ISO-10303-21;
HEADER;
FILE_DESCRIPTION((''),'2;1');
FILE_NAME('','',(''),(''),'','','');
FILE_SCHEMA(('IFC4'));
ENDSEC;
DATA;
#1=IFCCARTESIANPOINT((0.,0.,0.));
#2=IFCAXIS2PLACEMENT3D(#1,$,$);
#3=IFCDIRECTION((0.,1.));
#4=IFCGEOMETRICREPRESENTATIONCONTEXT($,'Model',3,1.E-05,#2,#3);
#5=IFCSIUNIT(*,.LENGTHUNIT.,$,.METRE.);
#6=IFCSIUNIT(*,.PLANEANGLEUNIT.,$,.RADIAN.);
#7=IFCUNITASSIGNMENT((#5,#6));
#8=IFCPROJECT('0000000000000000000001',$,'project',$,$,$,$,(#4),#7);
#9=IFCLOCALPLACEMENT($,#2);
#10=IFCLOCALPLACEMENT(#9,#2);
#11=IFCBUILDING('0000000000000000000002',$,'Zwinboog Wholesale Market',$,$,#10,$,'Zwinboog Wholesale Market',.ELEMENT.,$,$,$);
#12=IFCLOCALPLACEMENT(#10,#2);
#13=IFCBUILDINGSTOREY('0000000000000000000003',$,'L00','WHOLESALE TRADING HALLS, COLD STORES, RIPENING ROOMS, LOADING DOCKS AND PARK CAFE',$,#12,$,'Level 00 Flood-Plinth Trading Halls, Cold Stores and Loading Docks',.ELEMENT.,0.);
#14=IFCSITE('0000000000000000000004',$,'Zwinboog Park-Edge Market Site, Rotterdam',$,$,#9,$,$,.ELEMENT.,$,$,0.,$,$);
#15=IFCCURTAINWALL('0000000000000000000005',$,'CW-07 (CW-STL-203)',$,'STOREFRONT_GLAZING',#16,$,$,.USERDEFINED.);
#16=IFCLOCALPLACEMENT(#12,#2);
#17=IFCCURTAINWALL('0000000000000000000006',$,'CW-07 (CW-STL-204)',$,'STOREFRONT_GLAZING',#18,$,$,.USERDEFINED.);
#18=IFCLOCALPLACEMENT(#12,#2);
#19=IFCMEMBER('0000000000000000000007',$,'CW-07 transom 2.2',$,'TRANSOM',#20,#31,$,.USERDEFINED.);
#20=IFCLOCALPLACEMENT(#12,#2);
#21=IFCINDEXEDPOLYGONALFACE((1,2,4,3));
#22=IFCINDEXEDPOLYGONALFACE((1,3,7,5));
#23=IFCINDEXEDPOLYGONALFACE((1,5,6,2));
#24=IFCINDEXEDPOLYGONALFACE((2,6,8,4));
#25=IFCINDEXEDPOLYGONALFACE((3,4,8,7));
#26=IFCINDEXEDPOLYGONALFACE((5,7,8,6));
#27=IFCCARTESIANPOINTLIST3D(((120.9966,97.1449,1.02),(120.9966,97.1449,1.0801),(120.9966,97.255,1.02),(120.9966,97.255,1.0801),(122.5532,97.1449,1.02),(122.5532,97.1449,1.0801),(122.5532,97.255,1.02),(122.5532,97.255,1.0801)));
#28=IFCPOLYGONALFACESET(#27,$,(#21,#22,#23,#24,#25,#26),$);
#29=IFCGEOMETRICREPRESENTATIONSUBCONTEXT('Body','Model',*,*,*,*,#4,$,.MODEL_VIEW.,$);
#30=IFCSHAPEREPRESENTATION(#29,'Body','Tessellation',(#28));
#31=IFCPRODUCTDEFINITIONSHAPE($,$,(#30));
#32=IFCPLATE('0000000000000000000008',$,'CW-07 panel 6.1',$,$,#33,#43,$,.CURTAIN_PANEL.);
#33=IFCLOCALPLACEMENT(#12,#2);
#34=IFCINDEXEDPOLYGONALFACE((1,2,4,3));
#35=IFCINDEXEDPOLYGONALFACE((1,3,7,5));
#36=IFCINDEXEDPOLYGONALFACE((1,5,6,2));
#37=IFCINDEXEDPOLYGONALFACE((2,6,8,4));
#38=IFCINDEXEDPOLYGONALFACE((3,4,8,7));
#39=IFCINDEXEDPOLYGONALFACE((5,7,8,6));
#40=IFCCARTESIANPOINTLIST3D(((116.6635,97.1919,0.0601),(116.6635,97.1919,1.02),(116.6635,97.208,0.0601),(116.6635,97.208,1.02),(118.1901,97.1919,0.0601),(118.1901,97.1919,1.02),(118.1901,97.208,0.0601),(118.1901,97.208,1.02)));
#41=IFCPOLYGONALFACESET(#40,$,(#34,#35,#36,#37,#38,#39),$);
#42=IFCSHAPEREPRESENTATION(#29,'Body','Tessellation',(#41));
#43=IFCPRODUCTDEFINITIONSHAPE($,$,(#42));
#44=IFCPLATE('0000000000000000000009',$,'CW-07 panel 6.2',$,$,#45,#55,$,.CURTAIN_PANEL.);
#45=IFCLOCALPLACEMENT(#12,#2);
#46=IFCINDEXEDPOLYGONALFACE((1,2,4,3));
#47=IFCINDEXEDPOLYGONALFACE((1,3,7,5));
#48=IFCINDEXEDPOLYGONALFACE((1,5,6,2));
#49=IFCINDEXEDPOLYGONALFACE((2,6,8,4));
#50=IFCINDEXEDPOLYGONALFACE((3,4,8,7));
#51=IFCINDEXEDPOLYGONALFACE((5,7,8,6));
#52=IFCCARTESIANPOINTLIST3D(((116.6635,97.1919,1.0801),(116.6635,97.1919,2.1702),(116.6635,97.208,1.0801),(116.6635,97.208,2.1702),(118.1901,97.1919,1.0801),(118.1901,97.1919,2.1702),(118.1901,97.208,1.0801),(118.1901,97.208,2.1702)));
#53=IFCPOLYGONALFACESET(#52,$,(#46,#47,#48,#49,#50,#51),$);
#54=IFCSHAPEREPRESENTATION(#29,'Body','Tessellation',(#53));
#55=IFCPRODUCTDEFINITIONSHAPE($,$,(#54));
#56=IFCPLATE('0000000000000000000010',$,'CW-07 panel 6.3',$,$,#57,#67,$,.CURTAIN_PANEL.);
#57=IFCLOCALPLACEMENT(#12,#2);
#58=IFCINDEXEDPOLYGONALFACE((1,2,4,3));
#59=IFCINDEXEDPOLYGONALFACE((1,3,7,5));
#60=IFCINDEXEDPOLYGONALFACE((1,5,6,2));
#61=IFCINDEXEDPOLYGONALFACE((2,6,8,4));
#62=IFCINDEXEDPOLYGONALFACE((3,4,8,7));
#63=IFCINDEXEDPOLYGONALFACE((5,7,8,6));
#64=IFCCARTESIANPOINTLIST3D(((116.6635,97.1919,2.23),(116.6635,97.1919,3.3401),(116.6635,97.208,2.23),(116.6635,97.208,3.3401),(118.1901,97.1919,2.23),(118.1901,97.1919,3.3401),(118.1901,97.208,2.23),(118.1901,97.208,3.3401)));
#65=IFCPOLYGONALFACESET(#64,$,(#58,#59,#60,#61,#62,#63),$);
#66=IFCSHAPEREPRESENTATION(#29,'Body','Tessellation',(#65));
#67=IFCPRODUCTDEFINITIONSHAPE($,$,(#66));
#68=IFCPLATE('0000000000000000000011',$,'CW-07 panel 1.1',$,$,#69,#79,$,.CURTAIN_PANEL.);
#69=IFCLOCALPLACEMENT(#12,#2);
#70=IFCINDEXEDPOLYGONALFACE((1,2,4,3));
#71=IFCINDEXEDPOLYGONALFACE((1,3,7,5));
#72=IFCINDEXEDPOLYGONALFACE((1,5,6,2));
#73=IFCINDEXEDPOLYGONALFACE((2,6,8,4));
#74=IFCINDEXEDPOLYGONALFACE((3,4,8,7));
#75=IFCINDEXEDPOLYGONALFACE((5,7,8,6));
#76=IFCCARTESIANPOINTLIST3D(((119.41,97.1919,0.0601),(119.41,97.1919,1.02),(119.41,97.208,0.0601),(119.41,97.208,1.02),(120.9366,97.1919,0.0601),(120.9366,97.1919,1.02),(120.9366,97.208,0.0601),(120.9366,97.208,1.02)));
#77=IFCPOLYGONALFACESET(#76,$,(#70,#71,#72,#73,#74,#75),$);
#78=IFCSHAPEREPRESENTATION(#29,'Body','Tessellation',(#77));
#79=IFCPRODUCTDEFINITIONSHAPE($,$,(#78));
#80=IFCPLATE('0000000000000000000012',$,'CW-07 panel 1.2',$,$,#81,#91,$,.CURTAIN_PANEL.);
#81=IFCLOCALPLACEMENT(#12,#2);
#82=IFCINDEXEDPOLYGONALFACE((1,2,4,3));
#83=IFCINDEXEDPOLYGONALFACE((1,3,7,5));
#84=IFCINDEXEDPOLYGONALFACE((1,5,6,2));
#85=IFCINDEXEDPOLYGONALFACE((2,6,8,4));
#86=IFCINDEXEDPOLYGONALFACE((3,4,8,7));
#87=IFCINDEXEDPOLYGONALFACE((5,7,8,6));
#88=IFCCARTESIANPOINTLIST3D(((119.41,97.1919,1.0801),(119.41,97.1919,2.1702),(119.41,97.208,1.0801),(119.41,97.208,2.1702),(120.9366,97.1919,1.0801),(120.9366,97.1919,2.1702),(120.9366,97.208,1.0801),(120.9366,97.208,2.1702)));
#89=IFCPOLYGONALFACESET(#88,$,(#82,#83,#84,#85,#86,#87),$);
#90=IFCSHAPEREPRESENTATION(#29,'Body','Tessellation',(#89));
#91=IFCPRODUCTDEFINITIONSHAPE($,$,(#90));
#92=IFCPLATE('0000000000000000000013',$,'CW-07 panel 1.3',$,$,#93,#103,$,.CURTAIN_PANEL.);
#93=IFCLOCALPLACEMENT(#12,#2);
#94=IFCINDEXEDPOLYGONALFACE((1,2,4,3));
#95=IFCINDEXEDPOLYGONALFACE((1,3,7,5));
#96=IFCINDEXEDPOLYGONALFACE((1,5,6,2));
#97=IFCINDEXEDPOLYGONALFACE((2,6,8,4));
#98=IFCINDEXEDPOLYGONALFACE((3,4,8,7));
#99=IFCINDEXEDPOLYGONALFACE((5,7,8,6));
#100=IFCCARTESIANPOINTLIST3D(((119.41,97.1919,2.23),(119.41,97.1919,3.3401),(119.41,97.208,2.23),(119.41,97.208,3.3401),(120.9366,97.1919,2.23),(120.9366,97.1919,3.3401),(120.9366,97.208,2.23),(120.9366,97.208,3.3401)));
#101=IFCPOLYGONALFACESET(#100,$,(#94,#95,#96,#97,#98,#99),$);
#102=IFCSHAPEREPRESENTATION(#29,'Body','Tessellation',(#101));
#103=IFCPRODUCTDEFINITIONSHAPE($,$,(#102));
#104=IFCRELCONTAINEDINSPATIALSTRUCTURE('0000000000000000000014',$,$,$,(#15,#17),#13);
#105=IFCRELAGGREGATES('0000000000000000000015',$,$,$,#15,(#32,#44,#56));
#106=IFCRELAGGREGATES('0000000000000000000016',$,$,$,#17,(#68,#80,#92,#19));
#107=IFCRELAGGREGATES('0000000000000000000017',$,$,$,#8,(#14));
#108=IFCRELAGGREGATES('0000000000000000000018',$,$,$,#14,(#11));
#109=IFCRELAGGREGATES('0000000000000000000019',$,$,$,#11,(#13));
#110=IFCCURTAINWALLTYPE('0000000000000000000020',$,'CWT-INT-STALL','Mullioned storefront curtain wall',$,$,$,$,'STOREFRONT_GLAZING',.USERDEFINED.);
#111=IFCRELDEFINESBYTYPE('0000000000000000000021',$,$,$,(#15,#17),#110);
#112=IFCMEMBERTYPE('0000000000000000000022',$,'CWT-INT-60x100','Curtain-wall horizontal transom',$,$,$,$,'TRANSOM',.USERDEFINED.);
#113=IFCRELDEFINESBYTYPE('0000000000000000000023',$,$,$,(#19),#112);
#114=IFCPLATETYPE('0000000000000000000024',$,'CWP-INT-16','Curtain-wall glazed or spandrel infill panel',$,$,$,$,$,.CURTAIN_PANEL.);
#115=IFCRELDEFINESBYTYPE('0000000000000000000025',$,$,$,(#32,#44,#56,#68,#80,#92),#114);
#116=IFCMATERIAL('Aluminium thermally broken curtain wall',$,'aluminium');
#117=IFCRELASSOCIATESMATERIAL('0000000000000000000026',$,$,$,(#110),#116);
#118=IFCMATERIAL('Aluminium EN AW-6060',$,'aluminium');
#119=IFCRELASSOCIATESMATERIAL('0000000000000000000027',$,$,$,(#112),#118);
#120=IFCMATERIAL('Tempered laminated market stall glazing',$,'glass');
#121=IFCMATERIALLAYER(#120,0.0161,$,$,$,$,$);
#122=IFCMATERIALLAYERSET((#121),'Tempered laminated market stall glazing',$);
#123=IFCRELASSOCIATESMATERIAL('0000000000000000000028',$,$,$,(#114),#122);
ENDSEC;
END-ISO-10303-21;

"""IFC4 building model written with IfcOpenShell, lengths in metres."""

from ifc_helpers import new_model, si_unit, direction, frame, origin, origin_2d, place, context, subcontext, project, spatial, rectangle, extrude, material, layer, layer_set, material_profile, profile_set, type_object, element, aggregate, save


model = new_model("IFC4")

# Units and contexts
model_context = context("Model", 3, precision=1e-05, world=origin(), true_north=direction((0.0, 1.0)))
body_context = subcontext(model_context, "Body", "Model", "MODEL_VIEW")
ifc_project = project(units=[si_unit("LENGTHUNIT", "METRE"), si_unit("PLANEANGLEUNIT", "RADIAN")], contexts=[model_context])

# Site, building, storey
site_placement = place(None, origin())
site = spatial("IfcSite", under=ifc_project, at=site_placement, Name="Zwinboog Park-Edge Market Site, Rotterdam", CompositionType="ELEMENT", RefElevation=0.0)
building_placement = place(site_placement, origin())
building = spatial("IfcBuilding", under=site, at=building_placement, Name="Zwinboog Wholesale Market", LongName="Zwinboog Wholesale Market", CompositionType="ELEMENT")
storey_placement = place(building_placement, origin())
storey = spatial("IfcBuildingStorey", under=building, at=storey_placement, Name="L00", Description="WHOLESALE TRADING HALLS, COLD STORES, RIPENING ROOMS, LOADING DOCKS AND PARK CAFE", LongName="Level 00 Flood-Plinth Trading Halls, Cold Stores and Loading Docks", CompositionType="ELEMENT", Elevation=0.0)

# Curtain wall
ifc_material_1 = material(Name="Aluminium thermally broken curtain wall", Category="aluminium")
curtain_wall_type = type_object("IfcCurtainWallType", Name="CWT-INT-STALL", Description="Mullioned storefront curtain wall", ElementType="STOREFRONT_GLAZING", PredefinedType="USERDEFINED", material=ifc_material_1)
curtain_wall_1_placement = place(storey_placement, origin())
curtain_wall_1 = element("IfcCurtainWall", 1, at=curtain_wall_1_placement, inside=storey, type_object=curtain_wall_type, Name="CW-07 (CW-STL-203)", ObjectType="STOREFRONT_GLAZING", PredefinedType="USERDEFINED")
ifc_material_2 = material(Name="Aluminium EN AW-6060", Category="aluminium")

# Curtain wall
curtain_wall_2_placement = place(storey_placement, origin())
curtain_wall_2 = element("IfcCurtainWall", 2, at=curtain_wall_2_placement, inside=storey, type_object=curtain_wall_type, Name="CW-07 (CW-STL-204)", ObjectType="STOREFRONT_GLAZING", PredefinedType="USERDEFINED")

# Member
ifc_material_profile_1 = material_profile(ifc_material_2, rectangle(XDim=0.1101, YDim=0.0601, at=origin_2d()), Name="AL 60x110")
ifc_profile_set_1 = profile_set([ifc_material_profile_1], Name="Aluminium EN AW-6060")
member_type_1 = type_object("IfcMemberType", Name="CWT-INT-60x100", Description="Curtain-wall horizontal transom", ElementType="TRANSOM", PredefinedType="USERDEFINED", material=ifc_profile_set_1)
member_1_placement = place(storey_placement, frame((120.9966, 97.2, 1.05), z_axis=(1.0, 0.0, 0.0), x_axis=(0.0, 1.0, 0.0)))
member_1 = element("IfcMember", 3, at=member_1_placement, type_object=member_type_1, Name="CW-07 transom 2.2", ObjectType="TRANSOM", PredefinedType="USERDEFINED", context=body_context, shape_type="SweptSolid", body=[
    extrude(rectangle(XDim=0.1101, YDim=0.0601, at=origin_2d()), origin(), (0.0, 0.0, 1.0), 1.5566),
])

# Plates
ifc_material_3 = material(Name="Tempered laminated market stall glazing", Category="glass")
ifc_layer = layer(ifc_material_3, 0.0161)
ifc_layer_set = layer_set([ifc_layer], Name="Tempered laminated market stall glazing")
plate_type = type_object("IfcPlateType", Name="CWP-INT-16", Description="Curtain-wall glazed or spandrel infill panel", PredefinedType="CURTAIN_PANEL", material=ifc_layer_set)
plate_1_placement = place(storey_placement, frame((117.4268, 97.2, 0.0601), z_axis=(0.0, 0.0, 1.0), x_axis=(1.0, 0.0, 0.0)))
plate_1 = element("IfcPlate", 4, at=plate_1_placement, type_object=plate_type, Name="CW-07 panel 6.1", PredefinedType="CURTAIN_PANEL", context=body_context, shape_type="SweptSolid", body=[
    extrude(rectangle(XDim=1.5266, YDim=0.0161, at=origin_2d()), origin(), (0.0, 0.0, 1.0), 0.96),
])
plate_2_placement = place(storey_placement, frame((117.4268, 97.2, 1.0801), z_axis=(0.0, 0.0, 1.0), x_axis=(1.0, 0.0, 0.0)))
plate_2 = element("IfcPlate", 5, at=plate_2_placement, type_object=plate_type, Name="CW-07 panel 6.2", PredefinedType="CURTAIN_PANEL", context=body_context, shape_type="SweptSolid", body=[
    extrude(rectangle(XDim=1.5266, YDim=0.0161, at=origin_2d()), origin(), (0.0, 0.0, 1.0), 1.0901),
])
plate_3_placement = place(storey_placement, frame((117.4268, 97.2, 2.23), z_axis=(0.0, 0.0, 1.0), x_axis=(1.0, 0.0, 0.0)))
plate_3 = element("IfcPlate", 6, at=plate_3_placement, type_object=plate_type, Name="CW-07 panel 6.3", PredefinedType="CURTAIN_PANEL", context=body_context, shape_type="SweptSolid", body=[
    extrude(rectangle(XDim=1.5266, YDim=0.0161, at=origin_2d()), origin(), (0.0, 0.0, 1.0), 1.1101),
])
aggregate(curtain_wall_1, [plate_1, plate_2, plate_3])
plate_4_placement = place(storey_placement, frame((120.1733, 97.2, 0.0601), z_axis=(0.0, 0.0, 1.0), x_axis=(1.0, 0.0, 0.0)))
plate_4 = element("IfcPlate", 7, at=plate_4_placement, type_object=plate_type, Name="CW-07 panel 1.1", PredefinedType="CURTAIN_PANEL", context=body_context, shape_type="SweptSolid", body=[
    extrude(rectangle(XDim=1.5266, YDim=0.0161, at=origin_2d()), origin(), (0.0, 0.0, 1.0), 0.96),
])
plate_5_placement = place(storey_placement, frame((120.1733, 97.2, 1.0801), z_axis=(0.0, 0.0, 1.0), x_axis=(1.0, 0.0, 0.0)))
plate_5 = element("IfcPlate", 8, at=plate_5_placement, type_object=plate_type, Name="CW-07 panel 1.2", PredefinedType="CURTAIN_PANEL", context=body_context, shape_type="SweptSolid", body=[
    extrude(rectangle(XDim=1.5266, YDim=0.0161, at=origin_2d()), origin(), (0.0, 0.0, 1.0), 1.0901),
])
plate_6_placement = place(storey_placement, frame((120.1733, 97.2, 2.23), z_axis=(0.0, 0.0, 1.0), x_axis=(1.0, 0.0, 0.0)))
plate_6 = element("IfcPlate", 9, at=plate_6_placement, type_object=plate_type, Name="CW-07 panel 1.3", PredefinedType="CURTAIN_PANEL", context=body_context, shape_type="SweptSolid", body=[
    extrude(rectangle(XDim=1.5266, YDim=0.0161, at=origin_2d()), origin(), (0.0, 0.0, 1.0), 1.1101),
])
aggregate(curtain_wall_2, [plate_4, plate_5, plate_6, member_1])

save(model, "model.ifc")
